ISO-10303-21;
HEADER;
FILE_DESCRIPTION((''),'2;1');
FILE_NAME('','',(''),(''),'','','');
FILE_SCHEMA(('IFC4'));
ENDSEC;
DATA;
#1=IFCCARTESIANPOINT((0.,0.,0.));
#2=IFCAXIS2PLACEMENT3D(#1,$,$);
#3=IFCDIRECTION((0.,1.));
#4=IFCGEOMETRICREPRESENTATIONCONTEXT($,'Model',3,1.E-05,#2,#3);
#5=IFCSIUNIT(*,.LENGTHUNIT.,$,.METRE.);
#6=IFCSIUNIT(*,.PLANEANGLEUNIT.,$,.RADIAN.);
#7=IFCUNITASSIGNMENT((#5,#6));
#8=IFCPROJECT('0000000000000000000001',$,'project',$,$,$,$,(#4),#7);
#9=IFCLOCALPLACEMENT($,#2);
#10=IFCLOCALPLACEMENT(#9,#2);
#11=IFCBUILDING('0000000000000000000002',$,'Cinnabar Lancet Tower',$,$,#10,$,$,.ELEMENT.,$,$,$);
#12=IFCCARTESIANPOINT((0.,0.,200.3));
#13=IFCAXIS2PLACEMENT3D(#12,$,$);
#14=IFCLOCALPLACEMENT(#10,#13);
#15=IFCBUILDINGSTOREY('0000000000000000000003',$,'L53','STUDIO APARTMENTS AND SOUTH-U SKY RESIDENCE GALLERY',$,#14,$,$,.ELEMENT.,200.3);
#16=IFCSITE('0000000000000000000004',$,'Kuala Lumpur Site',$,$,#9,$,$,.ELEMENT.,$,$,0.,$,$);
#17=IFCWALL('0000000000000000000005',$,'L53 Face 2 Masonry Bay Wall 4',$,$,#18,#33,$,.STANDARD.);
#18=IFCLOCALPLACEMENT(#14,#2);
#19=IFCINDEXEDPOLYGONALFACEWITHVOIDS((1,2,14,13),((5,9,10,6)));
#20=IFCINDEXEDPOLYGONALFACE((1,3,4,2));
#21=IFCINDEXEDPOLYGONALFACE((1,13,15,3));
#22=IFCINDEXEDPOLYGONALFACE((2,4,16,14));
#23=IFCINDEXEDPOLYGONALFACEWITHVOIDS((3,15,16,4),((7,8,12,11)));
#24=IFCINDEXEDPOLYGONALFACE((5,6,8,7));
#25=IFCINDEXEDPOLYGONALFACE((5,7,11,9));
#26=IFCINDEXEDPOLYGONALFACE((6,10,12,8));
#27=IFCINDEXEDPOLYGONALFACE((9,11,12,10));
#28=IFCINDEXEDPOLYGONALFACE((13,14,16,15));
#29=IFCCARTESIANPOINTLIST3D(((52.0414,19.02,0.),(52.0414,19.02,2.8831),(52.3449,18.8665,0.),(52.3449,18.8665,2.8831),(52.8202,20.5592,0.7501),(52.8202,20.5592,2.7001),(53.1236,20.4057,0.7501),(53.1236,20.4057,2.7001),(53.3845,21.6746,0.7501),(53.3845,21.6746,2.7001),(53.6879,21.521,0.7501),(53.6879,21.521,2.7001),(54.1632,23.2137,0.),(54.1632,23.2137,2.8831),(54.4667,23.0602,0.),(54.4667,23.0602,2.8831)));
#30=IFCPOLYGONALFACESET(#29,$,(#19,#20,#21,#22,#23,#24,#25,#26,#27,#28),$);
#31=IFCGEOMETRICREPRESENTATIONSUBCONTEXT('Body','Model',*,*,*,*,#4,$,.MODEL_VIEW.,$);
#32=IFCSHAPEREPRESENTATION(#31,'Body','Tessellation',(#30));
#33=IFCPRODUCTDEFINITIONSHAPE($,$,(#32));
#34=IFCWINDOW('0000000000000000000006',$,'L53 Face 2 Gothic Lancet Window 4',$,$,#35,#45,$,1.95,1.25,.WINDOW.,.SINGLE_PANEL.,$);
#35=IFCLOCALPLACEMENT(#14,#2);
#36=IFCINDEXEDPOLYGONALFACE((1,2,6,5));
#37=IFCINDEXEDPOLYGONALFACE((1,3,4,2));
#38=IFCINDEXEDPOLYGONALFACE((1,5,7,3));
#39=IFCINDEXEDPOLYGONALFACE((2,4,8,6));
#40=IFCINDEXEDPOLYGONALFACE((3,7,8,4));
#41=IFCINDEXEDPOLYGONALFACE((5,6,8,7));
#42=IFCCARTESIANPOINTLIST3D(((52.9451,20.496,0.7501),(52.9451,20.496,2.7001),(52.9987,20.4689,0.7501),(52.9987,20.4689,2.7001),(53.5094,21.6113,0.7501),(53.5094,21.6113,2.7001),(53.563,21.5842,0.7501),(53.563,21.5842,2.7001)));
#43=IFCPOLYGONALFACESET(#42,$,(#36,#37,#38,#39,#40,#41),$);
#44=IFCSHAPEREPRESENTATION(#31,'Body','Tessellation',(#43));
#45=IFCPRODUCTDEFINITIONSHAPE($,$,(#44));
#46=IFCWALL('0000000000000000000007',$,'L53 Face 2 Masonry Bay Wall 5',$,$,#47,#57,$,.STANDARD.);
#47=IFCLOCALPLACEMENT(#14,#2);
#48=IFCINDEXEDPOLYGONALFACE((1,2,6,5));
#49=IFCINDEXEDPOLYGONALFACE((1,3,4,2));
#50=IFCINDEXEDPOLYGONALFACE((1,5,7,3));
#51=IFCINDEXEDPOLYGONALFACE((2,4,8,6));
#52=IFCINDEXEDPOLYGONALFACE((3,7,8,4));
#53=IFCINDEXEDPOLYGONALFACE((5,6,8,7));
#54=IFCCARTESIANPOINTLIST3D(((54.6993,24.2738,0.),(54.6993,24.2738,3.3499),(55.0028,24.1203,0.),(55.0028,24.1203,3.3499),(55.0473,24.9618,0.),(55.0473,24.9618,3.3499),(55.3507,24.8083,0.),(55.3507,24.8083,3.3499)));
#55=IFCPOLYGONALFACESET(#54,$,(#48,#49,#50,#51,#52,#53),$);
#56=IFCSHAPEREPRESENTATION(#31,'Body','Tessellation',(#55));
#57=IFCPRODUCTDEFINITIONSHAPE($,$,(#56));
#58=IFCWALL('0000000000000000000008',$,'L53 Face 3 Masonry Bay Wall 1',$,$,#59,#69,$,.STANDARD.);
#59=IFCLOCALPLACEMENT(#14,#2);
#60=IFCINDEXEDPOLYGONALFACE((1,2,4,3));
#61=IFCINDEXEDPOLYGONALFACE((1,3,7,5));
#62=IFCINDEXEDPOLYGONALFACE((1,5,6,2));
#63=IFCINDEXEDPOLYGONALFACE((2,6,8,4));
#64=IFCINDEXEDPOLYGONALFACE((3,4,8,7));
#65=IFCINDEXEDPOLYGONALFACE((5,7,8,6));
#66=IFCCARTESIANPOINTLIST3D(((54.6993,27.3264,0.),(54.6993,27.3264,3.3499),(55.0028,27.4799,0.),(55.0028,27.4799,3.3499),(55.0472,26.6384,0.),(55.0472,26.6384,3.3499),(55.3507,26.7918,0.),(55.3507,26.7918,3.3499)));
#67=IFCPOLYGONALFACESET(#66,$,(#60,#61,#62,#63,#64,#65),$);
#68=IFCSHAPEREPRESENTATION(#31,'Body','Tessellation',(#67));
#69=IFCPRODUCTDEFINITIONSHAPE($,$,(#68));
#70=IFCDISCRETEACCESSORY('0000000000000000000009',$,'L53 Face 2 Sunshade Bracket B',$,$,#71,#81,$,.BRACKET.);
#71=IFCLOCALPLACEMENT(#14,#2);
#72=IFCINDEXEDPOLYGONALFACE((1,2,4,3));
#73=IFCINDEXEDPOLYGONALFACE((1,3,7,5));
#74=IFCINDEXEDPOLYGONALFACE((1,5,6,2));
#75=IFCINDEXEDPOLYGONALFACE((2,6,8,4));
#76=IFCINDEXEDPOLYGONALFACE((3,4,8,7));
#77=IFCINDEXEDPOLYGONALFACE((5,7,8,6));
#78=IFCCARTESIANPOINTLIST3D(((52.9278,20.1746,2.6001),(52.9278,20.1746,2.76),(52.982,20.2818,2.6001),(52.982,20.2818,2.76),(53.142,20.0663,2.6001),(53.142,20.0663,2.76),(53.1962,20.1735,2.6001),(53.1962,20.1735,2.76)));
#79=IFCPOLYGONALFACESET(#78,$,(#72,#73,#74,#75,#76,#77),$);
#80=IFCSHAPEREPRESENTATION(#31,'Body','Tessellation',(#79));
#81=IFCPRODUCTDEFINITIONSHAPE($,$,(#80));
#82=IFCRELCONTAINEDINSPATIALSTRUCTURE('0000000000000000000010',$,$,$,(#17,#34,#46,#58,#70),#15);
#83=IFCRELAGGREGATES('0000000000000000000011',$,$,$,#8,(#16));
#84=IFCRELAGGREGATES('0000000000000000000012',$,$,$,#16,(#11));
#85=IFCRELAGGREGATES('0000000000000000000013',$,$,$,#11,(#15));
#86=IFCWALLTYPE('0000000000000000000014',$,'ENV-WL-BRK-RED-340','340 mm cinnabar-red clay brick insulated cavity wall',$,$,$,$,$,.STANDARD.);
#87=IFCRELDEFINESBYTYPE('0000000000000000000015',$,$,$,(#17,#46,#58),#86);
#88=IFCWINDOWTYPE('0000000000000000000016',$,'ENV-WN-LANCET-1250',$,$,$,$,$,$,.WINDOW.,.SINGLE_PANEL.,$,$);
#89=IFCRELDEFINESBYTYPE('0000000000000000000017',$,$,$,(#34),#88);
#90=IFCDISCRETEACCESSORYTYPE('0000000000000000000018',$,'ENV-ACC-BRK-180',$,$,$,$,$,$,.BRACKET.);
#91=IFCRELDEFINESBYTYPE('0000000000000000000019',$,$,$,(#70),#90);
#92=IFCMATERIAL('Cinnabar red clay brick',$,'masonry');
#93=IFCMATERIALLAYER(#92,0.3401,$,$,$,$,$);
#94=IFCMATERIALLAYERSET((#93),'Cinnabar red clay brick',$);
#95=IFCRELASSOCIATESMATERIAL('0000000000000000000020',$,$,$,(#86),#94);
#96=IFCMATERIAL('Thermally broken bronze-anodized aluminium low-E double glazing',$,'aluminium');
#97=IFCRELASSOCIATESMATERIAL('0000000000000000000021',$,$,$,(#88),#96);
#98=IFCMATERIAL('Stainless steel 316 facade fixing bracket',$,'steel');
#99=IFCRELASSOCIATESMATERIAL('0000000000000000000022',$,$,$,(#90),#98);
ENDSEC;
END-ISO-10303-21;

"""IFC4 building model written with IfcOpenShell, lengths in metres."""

from ifc_helpers import new_model, si_unit, direction, frame, frame_2d, origin, origin_2d, place, context, subcontext, project, spatial, rectangle, extrude, material, layer, layer_set, type_object, element, fill, save


model = new_model("IFC4")

# Units and contexts
model_context = context("Model", 3, precision=1e-05, world=origin(), true_north=direction((0.0, 1.0)))
body_context = subcontext(model_context, "Body", "Model", "MODEL_VIEW")
ifc_project = project(units=[si_unit("LENGTHUNIT", "METRE"), si_unit("PLANEANGLEUNIT", "RADIAN")], contexts=[model_context])

# Site, building, storey
site_placement = place(None, origin())
site = spatial("IfcSite", under=ifc_project, at=site_placement, Name="Kuala Lumpur Site", CompositionType="ELEMENT", RefElevation=0.0)
building_placement = place(site_placement, origin())
building = spatial("IfcBuilding", under=site, at=building_placement, Name="Cinnabar Lancet Tower", CompositionType="ELEMENT")
storey_placement = place(building_placement, frame((0.0, 0.0, 200.3)))
storey = spatial("IfcBuildingStorey", under=building, at=storey_placement, Name="L53", Description="STUDIO APARTMENTS AND SOUTH-U SKY RESIDENCE GALLERY", CompositionType="ELEMENT", Elevation=200.3)

# Wall, opening, window
ifc_material_1 = material(Name="Cinnabar red clay brick", Category="masonry")
ifc_layer_1 = layer(ifc_material_1, 0.3401)
ifc_layer_set_1 = layer_set([ifc_layer_1], Name="Cinnabar red clay brick")
wall_type_1 = type_object("IfcWallType", Name="ENV-WL-BRK-RED-340", Description="340 mm cinnabar-red clay brick insulated cavity wall", PredefinedType="STANDARD", material=ifc_layer_set_1)
wall_1_placement = place(storey_placement, frame((52.1931, 18.9431, 0.0), z_axis=(0.0, 0.0, 1.0), x_axis=(0.451447, 0.892298, 0.0)))
wall_1 = element("IfcWall", 1, at=wall_1_placement, inside=storey, type_object=wall_type_1, Name="L53 Face 2 Masonry Bay Wall 4", PredefinedType="STANDARD", context=body_context, shape_type="SweptSolid", body=[
    extrude(rectangle(XDim=4.7, YDim=0.3401, at=frame_2d((2.3501, 0.0))), origin(), (0.0, 0.0, 1.0), 2.8831),
])
opening_1_placement = place(wall_1_placement, frame((1.7251, 0.0, 0.75)))
opening_1 = element("IfcOpeningElement", 2, at=opening_1_placement, cuts=wall_1, PredefinedType="OPENING", context=body_context, shape_type="SweptSolid", body=[
    extrude(rectangle(XDim=1.25, YDim=1.95, at=frame_2d((0.625, 0.9751))), frame((0.0, 0.1799, 0.0), z_axis=(0.0, -1.0, 0.0), x_axis=(1.0, 0.0, 0.0)), (0.0, 0.0, 1.0), 0.3601),
])
ifc_material_2 = material(Name="Thermally broken bronze-anodized aluminium low-E double glazing", Category="aluminium")
window_type_1 = type_object("IfcWindowType", Name="ENV-WN-LANCET-1250", PartitioningType="SINGLE_PANEL", PredefinedType="WINDOW", material=ifc_material_2)
window_1_placement = place(opening_1_placement, origin())
window_1 = element("IfcWindow", 3, at=window_1_placement, inside=storey, type_object=window_type_1, Name="L53 Face 2 Gothic Lancet Window 4", OverallHeight=1.95, OverallWidth=1.25, PartitioningType="SINGLE_PANEL", PredefinedType="WINDOW", context=body_context, shape_type="SweptSolid", body=[
    extrude(rectangle(XDim=1.25, YDim=1.95, at=frame_2d((0.625, 0.9751))), frame((0.0, 0.03, 0.0), z_axis=(0.0, -1.0, 0.0), x_axis=(1.0, 0.0, 0.0)), (0.0, 0.0, 1.0), 0.0601),
])
fill(opening_1, window_1)

# Walls
for number, where, z_axis, x_axis, name in (
    (4, (54.8511, 24.197, 0.0), (0.0, 0.0, 1.0), (0.451262, 0.892391, 0.0), "L53 Face 2 Masonry Bay Wall 5"),
    (5, (55.199, 26.7151, 0.0), (0.0, 0.0, 1.0), (-0.451262, 0.892391, 0.0), "L53 Face 3 Masonry Bay Wall 1"),
):
    element("IfcWall", number, at=place(storey_placement, frame(where, z_axis=z_axis, x_axis=x_axis)), inside=storey, type_object=wall_type_1, Name=name, PredefinedType="STANDARD", context=body_context, shape_type="SweptSolid", body=[
        extrude(rectangle(XDim=0.771, YDim=0.3401, at=frame_2d((0.3855, 0.0))), origin(), (0.0, 0.0, 1.0), 3.3499),
    ])

# Discrete accessory
ifc_material_3 = material(Name="Stainless steel 316 facade fixing bracket", Category="steel")
discrete_accessory_type = type_object("IfcDiscreteAccessoryType", Name="ENV-ACC-BRK-180", PredefinedType="BRACKET", material=ifc_material_3)
discrete_accessory_placement = place(storey_placement, frame((53.062, 20.1741, 2.6001), z_axis=(0.0, 0.0, 1.0), x_axis=(0.451407, 0.892318, 0.0)))
element("IfcDiscreteAccessory", 6, at=discrete_accessory_placement, inside=storey, type_object=discrete_accessory_type, Name="L53 Face 2 Sunshade Bracket B", PredefinedType="BRACKET", context=body_context, shape_type="SweptSolid", body=[
    extrude(rectangle(XDim=0.1201, YDim=0.24, at=origin_2d()), origin(), (0.0, 0.0, 1.0), 0.1599),
])

save(model, "model.ifc")
